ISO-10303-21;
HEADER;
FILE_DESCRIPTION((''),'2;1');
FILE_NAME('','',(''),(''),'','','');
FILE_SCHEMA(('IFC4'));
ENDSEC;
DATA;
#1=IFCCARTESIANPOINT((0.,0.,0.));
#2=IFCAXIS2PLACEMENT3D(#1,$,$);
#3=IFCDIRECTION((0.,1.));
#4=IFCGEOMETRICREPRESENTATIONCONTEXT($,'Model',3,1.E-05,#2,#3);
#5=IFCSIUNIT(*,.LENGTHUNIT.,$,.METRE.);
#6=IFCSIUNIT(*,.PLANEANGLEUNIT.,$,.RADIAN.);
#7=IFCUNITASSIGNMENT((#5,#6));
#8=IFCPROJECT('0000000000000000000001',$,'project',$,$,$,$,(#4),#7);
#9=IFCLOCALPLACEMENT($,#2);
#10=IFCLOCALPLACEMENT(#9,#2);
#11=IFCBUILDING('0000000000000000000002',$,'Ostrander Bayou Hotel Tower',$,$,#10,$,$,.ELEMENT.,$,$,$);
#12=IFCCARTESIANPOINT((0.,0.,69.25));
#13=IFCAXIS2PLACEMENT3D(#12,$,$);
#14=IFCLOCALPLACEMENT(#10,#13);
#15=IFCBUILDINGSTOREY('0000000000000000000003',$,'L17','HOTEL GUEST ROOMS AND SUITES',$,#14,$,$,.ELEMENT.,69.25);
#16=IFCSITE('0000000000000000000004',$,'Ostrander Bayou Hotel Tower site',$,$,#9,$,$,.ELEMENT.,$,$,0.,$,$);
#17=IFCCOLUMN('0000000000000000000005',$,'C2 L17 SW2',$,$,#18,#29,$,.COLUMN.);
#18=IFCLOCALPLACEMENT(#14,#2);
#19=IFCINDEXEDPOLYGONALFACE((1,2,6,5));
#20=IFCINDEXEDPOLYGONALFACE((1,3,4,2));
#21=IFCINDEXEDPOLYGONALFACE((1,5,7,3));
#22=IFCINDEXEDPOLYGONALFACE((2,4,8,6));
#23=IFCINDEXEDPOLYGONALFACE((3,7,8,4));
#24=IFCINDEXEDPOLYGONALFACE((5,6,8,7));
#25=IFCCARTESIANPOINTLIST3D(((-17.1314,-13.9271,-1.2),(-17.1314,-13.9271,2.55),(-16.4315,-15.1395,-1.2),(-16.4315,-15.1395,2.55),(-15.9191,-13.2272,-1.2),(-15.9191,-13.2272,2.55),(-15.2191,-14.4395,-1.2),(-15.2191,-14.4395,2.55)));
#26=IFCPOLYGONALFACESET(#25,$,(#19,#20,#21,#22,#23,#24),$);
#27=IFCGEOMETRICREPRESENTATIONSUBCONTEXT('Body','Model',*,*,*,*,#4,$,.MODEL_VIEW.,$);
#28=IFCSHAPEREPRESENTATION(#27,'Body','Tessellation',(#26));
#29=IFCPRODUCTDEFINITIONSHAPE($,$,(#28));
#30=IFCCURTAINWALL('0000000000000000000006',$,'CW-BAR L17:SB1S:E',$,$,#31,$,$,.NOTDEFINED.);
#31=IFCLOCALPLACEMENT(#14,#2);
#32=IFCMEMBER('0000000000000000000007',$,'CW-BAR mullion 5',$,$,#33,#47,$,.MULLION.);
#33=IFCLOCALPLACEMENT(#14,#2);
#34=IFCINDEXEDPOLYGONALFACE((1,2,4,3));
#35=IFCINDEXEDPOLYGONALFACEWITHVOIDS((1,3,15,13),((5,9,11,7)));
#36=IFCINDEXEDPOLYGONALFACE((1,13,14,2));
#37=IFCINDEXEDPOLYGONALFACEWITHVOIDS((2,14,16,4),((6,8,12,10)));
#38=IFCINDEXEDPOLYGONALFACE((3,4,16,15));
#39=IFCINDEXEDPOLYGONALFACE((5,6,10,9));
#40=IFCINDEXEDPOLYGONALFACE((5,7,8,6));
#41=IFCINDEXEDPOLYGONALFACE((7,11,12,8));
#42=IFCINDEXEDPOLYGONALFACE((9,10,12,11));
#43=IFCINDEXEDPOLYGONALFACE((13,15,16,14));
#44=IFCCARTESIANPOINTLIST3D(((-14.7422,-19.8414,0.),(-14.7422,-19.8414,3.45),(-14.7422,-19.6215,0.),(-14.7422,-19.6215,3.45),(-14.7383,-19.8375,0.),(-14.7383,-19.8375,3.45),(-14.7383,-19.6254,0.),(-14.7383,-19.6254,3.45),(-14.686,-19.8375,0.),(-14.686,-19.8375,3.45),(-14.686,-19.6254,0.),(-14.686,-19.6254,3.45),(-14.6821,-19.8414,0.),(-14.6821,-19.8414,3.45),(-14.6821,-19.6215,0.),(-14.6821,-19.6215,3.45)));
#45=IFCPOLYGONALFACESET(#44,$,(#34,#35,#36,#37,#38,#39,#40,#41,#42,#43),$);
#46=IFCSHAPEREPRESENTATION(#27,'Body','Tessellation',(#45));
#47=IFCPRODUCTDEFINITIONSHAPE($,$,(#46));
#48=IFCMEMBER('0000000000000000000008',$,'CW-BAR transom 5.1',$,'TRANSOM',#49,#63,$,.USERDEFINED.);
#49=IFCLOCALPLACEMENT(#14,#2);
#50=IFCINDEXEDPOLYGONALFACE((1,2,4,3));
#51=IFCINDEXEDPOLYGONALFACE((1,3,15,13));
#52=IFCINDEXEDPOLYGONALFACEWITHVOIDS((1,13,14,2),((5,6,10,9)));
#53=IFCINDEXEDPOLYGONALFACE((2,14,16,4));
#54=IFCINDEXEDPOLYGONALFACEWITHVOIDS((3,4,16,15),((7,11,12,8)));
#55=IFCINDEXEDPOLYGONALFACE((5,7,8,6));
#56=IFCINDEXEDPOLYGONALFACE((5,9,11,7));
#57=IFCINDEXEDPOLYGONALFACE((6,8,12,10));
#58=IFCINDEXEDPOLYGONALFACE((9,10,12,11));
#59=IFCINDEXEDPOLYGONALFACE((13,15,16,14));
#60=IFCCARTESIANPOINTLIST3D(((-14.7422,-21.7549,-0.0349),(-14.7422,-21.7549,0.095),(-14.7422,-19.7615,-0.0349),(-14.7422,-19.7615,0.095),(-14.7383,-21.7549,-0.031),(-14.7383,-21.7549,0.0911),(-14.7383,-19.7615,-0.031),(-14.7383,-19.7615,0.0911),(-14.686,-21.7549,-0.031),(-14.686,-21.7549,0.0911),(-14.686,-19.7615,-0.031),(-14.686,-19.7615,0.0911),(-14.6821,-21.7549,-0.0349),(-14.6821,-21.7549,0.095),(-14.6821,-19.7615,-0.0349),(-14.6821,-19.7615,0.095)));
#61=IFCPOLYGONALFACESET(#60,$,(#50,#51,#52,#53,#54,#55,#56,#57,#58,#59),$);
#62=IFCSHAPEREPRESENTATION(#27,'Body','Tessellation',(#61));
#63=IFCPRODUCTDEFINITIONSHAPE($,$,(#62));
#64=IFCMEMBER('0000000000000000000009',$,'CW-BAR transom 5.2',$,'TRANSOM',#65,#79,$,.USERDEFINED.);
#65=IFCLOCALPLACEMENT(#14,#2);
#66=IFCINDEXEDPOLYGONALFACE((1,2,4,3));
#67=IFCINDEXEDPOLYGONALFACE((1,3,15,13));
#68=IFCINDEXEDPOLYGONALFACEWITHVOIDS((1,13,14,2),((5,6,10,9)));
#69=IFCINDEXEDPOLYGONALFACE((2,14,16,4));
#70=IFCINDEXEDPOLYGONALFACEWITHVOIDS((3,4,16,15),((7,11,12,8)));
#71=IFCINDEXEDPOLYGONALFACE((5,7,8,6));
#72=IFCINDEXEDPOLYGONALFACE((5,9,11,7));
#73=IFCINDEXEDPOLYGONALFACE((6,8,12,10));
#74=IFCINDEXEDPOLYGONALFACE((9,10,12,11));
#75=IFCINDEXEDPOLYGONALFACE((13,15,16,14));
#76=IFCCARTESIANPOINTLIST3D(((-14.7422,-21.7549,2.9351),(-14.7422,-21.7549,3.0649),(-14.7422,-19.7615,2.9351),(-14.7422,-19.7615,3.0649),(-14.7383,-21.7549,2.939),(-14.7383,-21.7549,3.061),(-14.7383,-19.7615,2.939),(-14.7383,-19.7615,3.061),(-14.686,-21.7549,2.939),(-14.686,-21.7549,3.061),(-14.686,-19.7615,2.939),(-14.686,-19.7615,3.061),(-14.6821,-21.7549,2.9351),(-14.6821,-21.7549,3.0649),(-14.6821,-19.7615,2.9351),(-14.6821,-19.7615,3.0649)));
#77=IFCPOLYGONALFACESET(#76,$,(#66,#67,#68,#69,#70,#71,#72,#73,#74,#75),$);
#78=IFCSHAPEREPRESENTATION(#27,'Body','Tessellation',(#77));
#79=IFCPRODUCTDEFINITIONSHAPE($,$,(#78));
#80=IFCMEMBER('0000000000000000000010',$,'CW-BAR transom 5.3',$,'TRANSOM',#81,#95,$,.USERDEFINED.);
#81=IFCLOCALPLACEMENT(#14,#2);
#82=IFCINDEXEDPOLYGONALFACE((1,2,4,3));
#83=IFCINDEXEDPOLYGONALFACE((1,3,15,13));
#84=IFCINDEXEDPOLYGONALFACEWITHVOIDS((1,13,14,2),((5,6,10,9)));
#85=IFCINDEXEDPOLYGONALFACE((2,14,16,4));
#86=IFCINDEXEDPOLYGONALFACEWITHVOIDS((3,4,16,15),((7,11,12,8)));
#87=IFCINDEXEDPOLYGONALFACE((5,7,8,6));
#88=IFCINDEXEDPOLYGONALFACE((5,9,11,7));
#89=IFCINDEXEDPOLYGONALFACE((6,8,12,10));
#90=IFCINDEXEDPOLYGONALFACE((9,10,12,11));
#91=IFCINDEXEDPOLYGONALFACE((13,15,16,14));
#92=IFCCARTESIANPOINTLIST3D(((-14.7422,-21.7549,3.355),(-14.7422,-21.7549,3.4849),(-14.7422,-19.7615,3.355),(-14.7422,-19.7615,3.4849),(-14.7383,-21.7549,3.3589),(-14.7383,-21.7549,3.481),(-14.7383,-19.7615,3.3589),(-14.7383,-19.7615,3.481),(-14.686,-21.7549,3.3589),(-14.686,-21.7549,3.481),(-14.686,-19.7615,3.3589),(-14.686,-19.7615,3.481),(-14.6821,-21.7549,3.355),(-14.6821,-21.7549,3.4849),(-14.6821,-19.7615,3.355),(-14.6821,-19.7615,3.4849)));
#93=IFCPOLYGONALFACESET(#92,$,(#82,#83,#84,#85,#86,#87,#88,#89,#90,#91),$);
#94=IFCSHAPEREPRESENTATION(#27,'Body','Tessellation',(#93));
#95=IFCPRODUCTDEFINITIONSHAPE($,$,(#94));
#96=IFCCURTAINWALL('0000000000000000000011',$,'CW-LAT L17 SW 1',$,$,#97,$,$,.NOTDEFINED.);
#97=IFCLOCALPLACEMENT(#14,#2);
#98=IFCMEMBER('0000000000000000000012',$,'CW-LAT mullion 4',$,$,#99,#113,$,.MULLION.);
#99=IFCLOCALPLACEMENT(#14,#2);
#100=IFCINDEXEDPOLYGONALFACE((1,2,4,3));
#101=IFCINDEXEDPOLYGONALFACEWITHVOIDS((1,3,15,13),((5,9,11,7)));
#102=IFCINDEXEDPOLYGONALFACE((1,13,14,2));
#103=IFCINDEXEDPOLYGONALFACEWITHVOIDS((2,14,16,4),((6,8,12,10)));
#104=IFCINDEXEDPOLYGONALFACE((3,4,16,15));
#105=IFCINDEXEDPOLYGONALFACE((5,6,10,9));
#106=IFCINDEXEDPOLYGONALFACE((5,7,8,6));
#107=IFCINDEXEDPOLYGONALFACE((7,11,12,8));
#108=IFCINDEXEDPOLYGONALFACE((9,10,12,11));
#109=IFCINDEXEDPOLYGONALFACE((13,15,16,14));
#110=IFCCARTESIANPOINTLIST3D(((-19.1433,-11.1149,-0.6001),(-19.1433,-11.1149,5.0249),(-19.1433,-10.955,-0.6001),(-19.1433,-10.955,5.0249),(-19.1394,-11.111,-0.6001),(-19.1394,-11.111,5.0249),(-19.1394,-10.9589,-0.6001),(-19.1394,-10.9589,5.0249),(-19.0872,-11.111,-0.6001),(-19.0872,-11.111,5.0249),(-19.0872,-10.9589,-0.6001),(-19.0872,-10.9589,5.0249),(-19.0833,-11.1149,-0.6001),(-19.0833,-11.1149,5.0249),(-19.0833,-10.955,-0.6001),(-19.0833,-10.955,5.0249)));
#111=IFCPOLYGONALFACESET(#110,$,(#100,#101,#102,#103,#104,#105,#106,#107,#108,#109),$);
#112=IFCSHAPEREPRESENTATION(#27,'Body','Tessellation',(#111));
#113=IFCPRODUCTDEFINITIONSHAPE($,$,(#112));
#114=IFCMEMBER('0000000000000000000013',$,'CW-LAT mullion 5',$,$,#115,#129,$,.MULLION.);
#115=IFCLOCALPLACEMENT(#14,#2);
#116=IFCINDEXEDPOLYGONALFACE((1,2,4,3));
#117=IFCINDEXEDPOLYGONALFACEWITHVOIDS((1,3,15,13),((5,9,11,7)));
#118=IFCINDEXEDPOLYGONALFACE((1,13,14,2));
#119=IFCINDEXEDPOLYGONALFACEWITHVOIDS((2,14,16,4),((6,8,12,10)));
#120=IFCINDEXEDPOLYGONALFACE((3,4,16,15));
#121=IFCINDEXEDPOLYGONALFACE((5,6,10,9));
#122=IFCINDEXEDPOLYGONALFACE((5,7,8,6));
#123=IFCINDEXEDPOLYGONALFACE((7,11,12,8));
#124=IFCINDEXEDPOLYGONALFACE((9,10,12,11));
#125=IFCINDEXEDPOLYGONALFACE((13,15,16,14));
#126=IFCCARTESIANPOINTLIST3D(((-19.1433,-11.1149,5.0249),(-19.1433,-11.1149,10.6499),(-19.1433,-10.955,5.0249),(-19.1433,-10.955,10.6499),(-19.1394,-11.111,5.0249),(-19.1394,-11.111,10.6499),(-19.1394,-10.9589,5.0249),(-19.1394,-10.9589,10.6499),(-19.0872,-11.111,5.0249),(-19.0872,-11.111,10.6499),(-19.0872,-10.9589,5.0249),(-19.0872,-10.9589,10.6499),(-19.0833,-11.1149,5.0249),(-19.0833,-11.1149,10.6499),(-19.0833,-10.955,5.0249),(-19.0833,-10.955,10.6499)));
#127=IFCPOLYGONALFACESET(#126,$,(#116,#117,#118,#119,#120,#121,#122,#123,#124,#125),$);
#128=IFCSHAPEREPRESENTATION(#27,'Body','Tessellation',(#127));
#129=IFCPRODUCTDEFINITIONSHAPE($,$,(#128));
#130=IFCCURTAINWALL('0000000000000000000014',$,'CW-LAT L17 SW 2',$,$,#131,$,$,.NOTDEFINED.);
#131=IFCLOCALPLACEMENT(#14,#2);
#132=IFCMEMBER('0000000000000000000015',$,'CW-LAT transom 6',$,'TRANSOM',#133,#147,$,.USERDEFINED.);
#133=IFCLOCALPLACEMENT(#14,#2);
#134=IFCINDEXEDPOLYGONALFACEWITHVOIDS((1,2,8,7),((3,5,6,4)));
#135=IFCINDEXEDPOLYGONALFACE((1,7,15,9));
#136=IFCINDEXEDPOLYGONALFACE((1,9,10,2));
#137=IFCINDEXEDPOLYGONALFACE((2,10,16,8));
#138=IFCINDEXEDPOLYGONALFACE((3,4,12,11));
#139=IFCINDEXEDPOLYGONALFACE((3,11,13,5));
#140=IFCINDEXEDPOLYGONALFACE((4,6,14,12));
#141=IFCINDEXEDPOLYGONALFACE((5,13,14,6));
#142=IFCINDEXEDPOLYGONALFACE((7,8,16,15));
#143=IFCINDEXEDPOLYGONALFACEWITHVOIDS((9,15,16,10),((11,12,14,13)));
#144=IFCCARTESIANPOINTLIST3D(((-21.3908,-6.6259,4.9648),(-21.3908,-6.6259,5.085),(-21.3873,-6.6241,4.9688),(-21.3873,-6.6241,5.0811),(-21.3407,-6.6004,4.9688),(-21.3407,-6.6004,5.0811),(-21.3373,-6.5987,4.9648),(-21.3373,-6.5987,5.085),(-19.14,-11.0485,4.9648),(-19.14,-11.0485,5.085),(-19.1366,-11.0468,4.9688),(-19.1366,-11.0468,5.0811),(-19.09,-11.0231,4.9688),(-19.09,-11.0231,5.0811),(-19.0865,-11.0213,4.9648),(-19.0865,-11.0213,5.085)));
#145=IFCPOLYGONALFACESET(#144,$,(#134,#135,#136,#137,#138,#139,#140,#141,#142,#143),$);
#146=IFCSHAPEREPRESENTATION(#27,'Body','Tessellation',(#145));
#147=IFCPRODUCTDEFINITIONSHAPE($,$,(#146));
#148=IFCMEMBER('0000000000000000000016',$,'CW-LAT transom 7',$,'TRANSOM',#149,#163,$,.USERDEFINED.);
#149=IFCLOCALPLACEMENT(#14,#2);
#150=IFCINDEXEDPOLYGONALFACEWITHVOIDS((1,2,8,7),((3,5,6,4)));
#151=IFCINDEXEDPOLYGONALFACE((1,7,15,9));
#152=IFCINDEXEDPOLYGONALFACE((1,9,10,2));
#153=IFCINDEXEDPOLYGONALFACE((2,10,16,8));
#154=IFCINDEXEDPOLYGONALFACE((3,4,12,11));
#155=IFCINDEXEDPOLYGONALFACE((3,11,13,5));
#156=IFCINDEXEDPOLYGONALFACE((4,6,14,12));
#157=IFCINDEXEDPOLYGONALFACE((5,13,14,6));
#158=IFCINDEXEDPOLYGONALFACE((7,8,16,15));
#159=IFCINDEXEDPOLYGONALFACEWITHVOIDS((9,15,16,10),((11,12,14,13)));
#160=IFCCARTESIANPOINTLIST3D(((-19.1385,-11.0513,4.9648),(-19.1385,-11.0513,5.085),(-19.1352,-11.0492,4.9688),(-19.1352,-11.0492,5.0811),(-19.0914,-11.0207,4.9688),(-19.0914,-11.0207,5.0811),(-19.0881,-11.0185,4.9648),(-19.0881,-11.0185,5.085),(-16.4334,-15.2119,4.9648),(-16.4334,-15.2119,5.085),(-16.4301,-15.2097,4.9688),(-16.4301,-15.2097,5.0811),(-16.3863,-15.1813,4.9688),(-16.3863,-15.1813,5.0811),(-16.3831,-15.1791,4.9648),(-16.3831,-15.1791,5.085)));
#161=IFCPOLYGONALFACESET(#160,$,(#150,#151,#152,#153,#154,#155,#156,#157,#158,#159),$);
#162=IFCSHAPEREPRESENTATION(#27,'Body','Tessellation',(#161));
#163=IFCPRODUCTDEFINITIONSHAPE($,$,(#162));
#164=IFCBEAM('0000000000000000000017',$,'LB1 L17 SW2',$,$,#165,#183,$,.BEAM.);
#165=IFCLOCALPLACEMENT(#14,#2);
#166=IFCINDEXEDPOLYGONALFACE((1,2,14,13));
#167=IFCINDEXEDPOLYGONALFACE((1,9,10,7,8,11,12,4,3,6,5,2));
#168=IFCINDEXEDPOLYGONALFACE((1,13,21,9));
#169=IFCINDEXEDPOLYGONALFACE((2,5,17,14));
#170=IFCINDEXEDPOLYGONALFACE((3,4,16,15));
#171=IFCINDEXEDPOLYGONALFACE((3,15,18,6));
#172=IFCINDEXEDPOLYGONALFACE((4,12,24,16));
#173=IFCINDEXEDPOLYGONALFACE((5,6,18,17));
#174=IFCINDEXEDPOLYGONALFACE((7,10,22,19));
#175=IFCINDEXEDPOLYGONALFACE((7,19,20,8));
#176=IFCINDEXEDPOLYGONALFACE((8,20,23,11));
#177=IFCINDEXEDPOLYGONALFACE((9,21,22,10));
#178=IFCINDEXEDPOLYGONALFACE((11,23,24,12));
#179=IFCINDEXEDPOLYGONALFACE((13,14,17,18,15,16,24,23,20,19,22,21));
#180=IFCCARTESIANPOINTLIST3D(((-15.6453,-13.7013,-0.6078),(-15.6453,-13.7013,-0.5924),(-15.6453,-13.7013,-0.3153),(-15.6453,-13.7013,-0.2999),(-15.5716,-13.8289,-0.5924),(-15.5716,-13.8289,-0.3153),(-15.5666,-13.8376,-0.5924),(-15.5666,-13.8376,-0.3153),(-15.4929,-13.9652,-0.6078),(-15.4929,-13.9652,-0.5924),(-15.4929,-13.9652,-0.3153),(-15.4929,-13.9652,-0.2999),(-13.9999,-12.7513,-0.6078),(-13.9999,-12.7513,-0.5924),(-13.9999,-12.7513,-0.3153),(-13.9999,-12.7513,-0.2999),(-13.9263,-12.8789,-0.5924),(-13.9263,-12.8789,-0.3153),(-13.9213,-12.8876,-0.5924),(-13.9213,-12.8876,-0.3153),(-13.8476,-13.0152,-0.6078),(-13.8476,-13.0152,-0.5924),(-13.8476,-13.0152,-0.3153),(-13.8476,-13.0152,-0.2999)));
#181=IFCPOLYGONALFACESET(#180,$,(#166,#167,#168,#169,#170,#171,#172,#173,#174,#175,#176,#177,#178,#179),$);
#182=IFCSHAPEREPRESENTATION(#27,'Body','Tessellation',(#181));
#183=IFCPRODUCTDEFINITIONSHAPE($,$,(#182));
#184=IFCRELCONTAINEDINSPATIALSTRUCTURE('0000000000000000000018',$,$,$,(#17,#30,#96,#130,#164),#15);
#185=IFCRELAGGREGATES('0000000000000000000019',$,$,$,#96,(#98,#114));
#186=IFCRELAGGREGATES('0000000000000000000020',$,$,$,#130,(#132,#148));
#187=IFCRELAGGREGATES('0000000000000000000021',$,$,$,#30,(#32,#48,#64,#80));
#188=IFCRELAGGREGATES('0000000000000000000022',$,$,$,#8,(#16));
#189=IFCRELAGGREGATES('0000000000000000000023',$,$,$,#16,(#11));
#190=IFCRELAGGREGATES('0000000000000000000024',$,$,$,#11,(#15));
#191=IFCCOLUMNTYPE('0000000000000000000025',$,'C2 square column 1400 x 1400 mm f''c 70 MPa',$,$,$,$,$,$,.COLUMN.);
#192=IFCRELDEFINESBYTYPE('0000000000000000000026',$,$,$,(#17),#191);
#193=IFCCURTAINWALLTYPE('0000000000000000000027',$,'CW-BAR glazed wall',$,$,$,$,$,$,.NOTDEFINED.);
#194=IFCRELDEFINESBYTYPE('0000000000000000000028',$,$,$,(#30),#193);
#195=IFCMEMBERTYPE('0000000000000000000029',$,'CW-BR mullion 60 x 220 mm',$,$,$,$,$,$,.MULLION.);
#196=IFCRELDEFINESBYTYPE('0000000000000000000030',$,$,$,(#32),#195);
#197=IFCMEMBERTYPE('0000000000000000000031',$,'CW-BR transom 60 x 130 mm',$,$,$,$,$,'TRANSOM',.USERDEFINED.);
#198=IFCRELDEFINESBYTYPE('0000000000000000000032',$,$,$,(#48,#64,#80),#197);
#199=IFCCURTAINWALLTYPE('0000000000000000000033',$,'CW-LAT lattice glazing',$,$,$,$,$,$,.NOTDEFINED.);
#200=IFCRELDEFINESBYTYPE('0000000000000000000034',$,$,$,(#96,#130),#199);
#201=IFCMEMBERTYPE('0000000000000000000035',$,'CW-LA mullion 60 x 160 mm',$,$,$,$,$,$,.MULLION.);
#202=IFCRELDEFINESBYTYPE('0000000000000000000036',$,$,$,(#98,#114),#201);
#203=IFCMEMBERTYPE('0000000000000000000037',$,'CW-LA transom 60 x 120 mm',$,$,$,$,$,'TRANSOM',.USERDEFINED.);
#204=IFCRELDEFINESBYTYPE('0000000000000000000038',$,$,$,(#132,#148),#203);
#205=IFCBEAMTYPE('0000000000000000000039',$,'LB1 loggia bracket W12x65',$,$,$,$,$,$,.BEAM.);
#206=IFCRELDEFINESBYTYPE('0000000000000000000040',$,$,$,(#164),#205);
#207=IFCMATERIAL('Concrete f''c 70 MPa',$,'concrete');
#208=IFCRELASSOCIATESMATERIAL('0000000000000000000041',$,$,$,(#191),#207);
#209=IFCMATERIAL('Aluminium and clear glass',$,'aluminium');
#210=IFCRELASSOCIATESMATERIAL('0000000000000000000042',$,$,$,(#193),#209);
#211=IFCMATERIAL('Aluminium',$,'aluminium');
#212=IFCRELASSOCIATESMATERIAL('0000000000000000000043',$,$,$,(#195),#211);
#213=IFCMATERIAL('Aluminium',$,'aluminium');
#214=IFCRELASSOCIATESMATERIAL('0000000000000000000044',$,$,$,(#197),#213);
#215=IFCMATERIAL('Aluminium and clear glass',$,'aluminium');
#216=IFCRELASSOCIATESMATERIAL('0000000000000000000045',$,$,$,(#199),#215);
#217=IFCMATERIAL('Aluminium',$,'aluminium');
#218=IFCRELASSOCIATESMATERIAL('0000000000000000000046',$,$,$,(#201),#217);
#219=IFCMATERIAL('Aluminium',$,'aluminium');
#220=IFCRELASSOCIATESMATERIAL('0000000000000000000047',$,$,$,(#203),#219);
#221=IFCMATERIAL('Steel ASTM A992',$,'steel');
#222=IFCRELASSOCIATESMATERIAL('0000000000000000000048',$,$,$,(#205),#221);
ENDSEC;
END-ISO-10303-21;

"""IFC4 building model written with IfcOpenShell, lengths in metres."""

from ifc_helpers import new_model, si_unit, direction, frame, origin, origin_2d, place, context, subcontext, project, spatial, rectangle, hollow_rectangle, i_section, extrude, material, material_profile, profile_set, type_object, element, aggregate, save


model = new_model("IFC4")

# Units and contexts
model_context = context("Model", 3, precision=1e-05, world=origin(), true_north=direction((0.0, 1.0)))
body_context = subcontext(model_context, "Body", "Model", "MODEL_VIEW")
ifc_project = project(units=[si_unit("LENGTHUNIT", "METRE"), si_unit("PLANEANGLEUNIT", "RADIAN")], contexts=[model_context])

# Site, building, storey
site_placement = place(None, origin())
site = spatial("IfcSite", under=ifc_project, at=site_placement, Name="Ostrander Bayou Hotel Tower site", CompositionType="ELEMENT", RefElevation=0.0)
building_placement = place(site_placement, origin())
building = spatial("IfcBuilding", under=site, at=building_placement, Name="Ostrander Bayou Hotel Tower", CompositionType="ELEMENT")
storey_placement = place(building_placement, frame((0.0, 0.0, 69.25)))
storey = spatial("IfcBuildingStorey", under=building, at=storey_placement, Name="L17", Description="HOTEL GUEST ROOMS AND SUITES", CompositionType="ELEMENT", Elevation=69.25)

# Column
ifc_material_1 = material(Name="Concrete f'c 70 MPa", Category="concrete")
ifc_material_profile_1 = material_profile(ifc_material_1, rectangle(XDim=1.3999, YDim=1.3999, at=origin_2d()))
ifc_profile_set_1 = profile_set([ifc_material_profile_1], Name="Concrete f'c 70 MPa")
column_type = type_object("IfcColumnType", Name="C2 square column 1400 x 1400 mm f'c 70 MPa", PredefinedType="COLUMN", material=ifc_profile_set_1)
column_placement = place(storey_placement, frame((-16.1753, -14.1833, -1.2), z_axis=(0.0, 0.0, 1.0), x_axis=(-0.5, 0.866025, 0.0)))
element("IfcColumn", 1, at=column_placement, inside=storey, type_object=column_type, Name="C2 L17 SW2", PredefinedType="COLUMN", context=body_context, shape_type="SweptSolid", body=[
    extrude(rectangle(XDim=1.3999, YDim=1.3999, at=origin_2d()), origin(), (0.0, 0.0, 1.0), 3.75),
])

# Curtain walls, members
ifc_material_2 = material(Name="Aluminium and clear glass", Category="aluminium")
curtain_wall_type_1 = type_object("IfcCurtainWallType", Name="CW-BAR glazed wall", PredefinedType="NOTDEFINED", material=ifc_material_2)
curtain_wall_1_placement = place(storey_placement, origin())
curtain_wall_1 = element("IfcCurtainWall", 2, at=curtain_wall_1_placement, inside=storey, type_object=curtain_wall_type_1, Name="CW-BAR L17:SB1S:E", PredefinedType="NOTDEFINED")
ifc_material_3 = material(Name="Aluminium", Category="aluminium")
ifc_material_profile_2 = material_profile(ifc_material_3, hollow_rectangle(XDim=0.0601, YDim=0.22, WallThickness=0.0039, at=origin_2d()))
ifc_profile_set_2 = profile_set([ifc_material_profile_2], Name="Aluminium")
member_type_1 = type_object("IfcMemberType", Name="CW-BR mullion 60 x 220 mm", PredefinedType="MULLION", material=ifc_profile_set_2)
member_1_placement = place(storey_placement, frame((-14.7122, -19.7314, 0.0), z_axis=(0.0, 0.0, 1.0), x_axis=(1.0, 0.0, 0.0)))
member_1 = element("IfcMember", 3, at=member_1_placement, type_object=member_type_1, Name="CW-BAR mullion 5", PredefinedType="MULLION", context=body_context, shape_type="SweptSolid", body=[
    extrude(hollow_rectangle(XDim=0.0601, YDim=0.22, WallThickness=0.0039, at=origin_2d()), origin(), (0.0, 0.0, 1.0), 3.45),
])
ifc_material_4 = material(Name="Aluminium", Category="aluminium")
ifc_material_profile_3 = material_profile(ifc_material_4, hollow_rectangle(XDim=0.0601, YDim=0.1299, WallThickness=0.0039, at=origin_2d()))
ifc_profile_set_3 = profile_set([ifc_material_profile_3], Name="Aluminium")
member_type_2 = type_object("IfcMemberType", Name="CW-BR transom 60 x 130 mm", ElementType="TRANSOM", PredefinedType="USERDEFINED", material=ifc_profile_set_3)
member_2_placement = place(storey_placement, frame((-14.7122, -19.7615, 0.03), z_axis=(0.0, -1.0, 0.0), x_axis=(1.0, 0.0, 0.0)))
member_2 = element("IfcMember", 4, at=member_2_placement, type_object=member_type_2, Name="CW-BAR transom 5.1", ObjectType="TRANSOM", PredefinedType="USERDEFINED", context=body_context, shape_type="SweptSolid", body=[
    extrude(hollow_rectangle(XDim=0.0601, YDim=0.1299, WallThickness=0.0039, at=origin_2d()), origin(), (0.0, 0.0, 1.0), 1.9934),
])
member_3_placement = place(storey_placement, frame((-14.7122, -19.7615, 3.0), z_axis=(0.0, -1.0, 0.0), x_axis=(1.0, 0.0, 0.0)))
member_3 = element("IfcMember", 5, at=member_3_placement, type_object=member_type_2, Name="CW-BAR transom 5.2", ObjectType="TRANSOM", PredefinedType="USERDEFINED", context=body_context, shape_type="SweptSolid", body=[
    extrude(hollow_rectangle(XDim=0.0601, YDim=0.1299, WallThickness=0.0039, at=origin_2d()), origin(), (0.0, 0.0, 1.0), 1.9934),
])
member_4_placement = place(storey_placement, frame((-14.7122, -19.7615, 3.4199), z_axis=(0.0, -1.0, 0.0), x_axis=(1.0, 0.0, 0.0)))
member_4 = element("IfcMember", 6, at=member_4_placement, type_object=member_type_2, Name="CW-BAR transom 5.3", ObjectType="TRANSOM", PredefinedType="USERDEFINED", context=body_context, shape_type="SweptSolid", body=[
    extrude(hollow_rectangle(XDim=0.0601, YDim=0.1299, WallThickness=0.0039, at=origin_2d()), origin(), (0.0, 0.0, 1.0), 1.9934),
])
ifc_material_5 = material(Name="Aluminium and clear glass", Category="aluminium")
curtain_wall_type_2 = type_object("IfcCurtainWallType", Name="CW-LAT lattice glazing", PredefinedType="NOTDEFINED", material=ifc_material_5)
curtain_wall_2_placement = place(storey_placement, origin())
curtain_wall_2 = element("IfcCurtainWall", 7, at=curtain_wall_2_placement, inside=storey, type_object=curtain_wall_type_2, Name="CW-LAT L17 SW 1", PredefinedType="NOTDEFINED")
ifc_material_6 = material(Name="Aluminium", Category="aluminium")
ifc_material_profile_4 = material_profile(ifc_material_6, hollow_rectangle(XDim=0.0601, YDim=0.1599, WallThickness=0.0039, at=origin_2d()))
ifc_profile_set_4 = profile_set([ifc_material_profile_4], Name="Aluminium")
member_type_3 = type_object("IfcMemberType", Name="CW-LA mullion 60 x 160 mm", PredefinedType="MULLION", material=ifc_profile_set_4)
member_5_placement = place(storey_placement, frame((-19.1133, -11.0349, -0.6001), z_axis=(0.0, 0.0, 1.0), x_axis=(1.0, 0.0, 0.0)))
member_5 = element("IfcMember", 8, at=member_5_placement, type_object=member_type_3, Name="CW-LAT mullion 4", PredefinedType="MULLION", context=body_context, shape_type="SweptSolid", body=[
    extrude(hollow_rectangle(XDim=0.0601, YDim=0.1599, WallThickness=0.0039, at=origin_2d()), origin(), (0.0, 0.0, 1.0), 5.625),
])
member_6_placement = place(storey_placement, frame((-19.1133, -11.0349, 5.0249), z_axis=(0.0, 0.0, 1.0), x_axis=(1.0, 0.0, 0.0)))
member_6 = element("IfcMember", 9, at=member_6_placement, type_object=member_type_3, Name="CW-LAT mullion 5", PredefinedType="MULLION", context=body_context, shape_type="SweptSolid", body=[
    extrude(hollow_rectangle(XDim=0.0601, YDim=0.1599, WallThickness=0.0039, at=origin_2d()), origin(), (0.0, 0.0, 1.0), 5.625),
])
aggregate(curtain_wall_2, [member_5, member_6])
curtain_wall_3_placement = place(storey_placement, origin())
curtain_wall_3 = element("IfcCurtainWall", 10, at=curtain_wall_3_placement, inside=storey, type_object=curtain_wall_type_2, Name="CW-LAT L17 SW 2", PredefinedType="NOTDEFINED")
ifc_material_7 = material(Name="Aluminium", Category="aluminium")
ifc_material_profile_5 = material_profile(ifc_material_7, hollow_rectangle(XDim=0.0601, YDim=0.1201, WallThickness=0.0039, at=origin_2d()))
ifc_profile_set_5 = profile_set([ifc_material_profile_5], Name="Aluminium")
member_type_4 = type_object("IfcMemberType", Name="CW-LA transom 60 x 120 mm", ElementType="TRANSOM", PredefinedType="USERDEFINED", material=ifc_profile_set_5)
member_7_placement = place(storey_placement, frame((-19.1133, -11.0349, 5.0249), z_axis=(-0.453559, 0.891226, 0.0), x_axis=(-0.891226, -0.453559, 0.0)))
member_7 = element("IfcMember", 11, at=member_7_placement, type_object=member_type_4, Name="CW-LAT transom 6", ObjectType="TRANSOM", PredefinedType="USERDEFINED", context=body_context, shape_type="SweptSolid", body=[
    extrude(hollow_rectangle(XDim=0.0601, YDim=0.1201, WallThickness=0.0039, at=origin_2d()), origin(), (0.0, 0.0, 1.0), 4.9624),
])
member_8_placement = place(storey_placement, frame((-19.1133, -11.0349, 5.0249), z_axis=(0.545082, -0.838383, 0.0), x_axis=(0.838383, 0.545082, 0.0)))
member_8 = element("IfcMember", 12, at=member_8_placement, type_object=member_type_4, Name="CW-LAT transom 7", ObjectType="TRANSOM", PredefinedType="USERDEFINED", context=body_context, shape_type="SweptSolid", body=[
    extrude(hollow_rectangle(XDim=0.0601, YDim=0.1201, WallThickness=0.0039, at=origin_2d()), origin(), (0.0, 0.0, 1.0), 4.9626),
])
aggregate(curtain_wall_3, [member_7, member_8])

# Beam
ifc_material_8 = material(Name="Steel ASTM A992", Category="steel")
ifc_material_profile_6 = material_profile(ifc_material_8, i_section(OverallWidth=0.3047, OverallDepth=0.3079, WebThickness=0.01, FlangeThickness=0.0154, at=origin_2d()))
ifc_profile_set_6 = profile_set([ifc_material_profile_6], Name="Steel ASTM A992")
beam_type_1 = type_object("IfcBeamType", Name="LB1 loggia bracket W12x65", PredefinedType="BEAM", material=ifc_profile_set_6)
beam_1_placement = place(storey_placement, frame((-15.5691, -13.8333, -0.4539), z_axis=(0.866012, 0.500023, 0.0), x_axis=(-0.500023, 0.866012, 0.0)))
element("IfcBeam", 13, at=beam_1_placement, inside=storey, type_object=beam_type_1, Name="LB1 L17 SW2", PredefinedType="BEAM", context=body_context, shape_type="SweptSolid", body=[
    extrude(i_section(OverallWidth=0.3047, OverallDepth=0.3079, WebThickness=0.01, FlangeThickness=0.0154, at=origin_2d()), origin(), (0.0, 0.0, 1.0), 1.8999),
])

aggregate(curtain_wall_1, [member_1, member_2, member_3, member_4])

save(model, "model.ifc")
